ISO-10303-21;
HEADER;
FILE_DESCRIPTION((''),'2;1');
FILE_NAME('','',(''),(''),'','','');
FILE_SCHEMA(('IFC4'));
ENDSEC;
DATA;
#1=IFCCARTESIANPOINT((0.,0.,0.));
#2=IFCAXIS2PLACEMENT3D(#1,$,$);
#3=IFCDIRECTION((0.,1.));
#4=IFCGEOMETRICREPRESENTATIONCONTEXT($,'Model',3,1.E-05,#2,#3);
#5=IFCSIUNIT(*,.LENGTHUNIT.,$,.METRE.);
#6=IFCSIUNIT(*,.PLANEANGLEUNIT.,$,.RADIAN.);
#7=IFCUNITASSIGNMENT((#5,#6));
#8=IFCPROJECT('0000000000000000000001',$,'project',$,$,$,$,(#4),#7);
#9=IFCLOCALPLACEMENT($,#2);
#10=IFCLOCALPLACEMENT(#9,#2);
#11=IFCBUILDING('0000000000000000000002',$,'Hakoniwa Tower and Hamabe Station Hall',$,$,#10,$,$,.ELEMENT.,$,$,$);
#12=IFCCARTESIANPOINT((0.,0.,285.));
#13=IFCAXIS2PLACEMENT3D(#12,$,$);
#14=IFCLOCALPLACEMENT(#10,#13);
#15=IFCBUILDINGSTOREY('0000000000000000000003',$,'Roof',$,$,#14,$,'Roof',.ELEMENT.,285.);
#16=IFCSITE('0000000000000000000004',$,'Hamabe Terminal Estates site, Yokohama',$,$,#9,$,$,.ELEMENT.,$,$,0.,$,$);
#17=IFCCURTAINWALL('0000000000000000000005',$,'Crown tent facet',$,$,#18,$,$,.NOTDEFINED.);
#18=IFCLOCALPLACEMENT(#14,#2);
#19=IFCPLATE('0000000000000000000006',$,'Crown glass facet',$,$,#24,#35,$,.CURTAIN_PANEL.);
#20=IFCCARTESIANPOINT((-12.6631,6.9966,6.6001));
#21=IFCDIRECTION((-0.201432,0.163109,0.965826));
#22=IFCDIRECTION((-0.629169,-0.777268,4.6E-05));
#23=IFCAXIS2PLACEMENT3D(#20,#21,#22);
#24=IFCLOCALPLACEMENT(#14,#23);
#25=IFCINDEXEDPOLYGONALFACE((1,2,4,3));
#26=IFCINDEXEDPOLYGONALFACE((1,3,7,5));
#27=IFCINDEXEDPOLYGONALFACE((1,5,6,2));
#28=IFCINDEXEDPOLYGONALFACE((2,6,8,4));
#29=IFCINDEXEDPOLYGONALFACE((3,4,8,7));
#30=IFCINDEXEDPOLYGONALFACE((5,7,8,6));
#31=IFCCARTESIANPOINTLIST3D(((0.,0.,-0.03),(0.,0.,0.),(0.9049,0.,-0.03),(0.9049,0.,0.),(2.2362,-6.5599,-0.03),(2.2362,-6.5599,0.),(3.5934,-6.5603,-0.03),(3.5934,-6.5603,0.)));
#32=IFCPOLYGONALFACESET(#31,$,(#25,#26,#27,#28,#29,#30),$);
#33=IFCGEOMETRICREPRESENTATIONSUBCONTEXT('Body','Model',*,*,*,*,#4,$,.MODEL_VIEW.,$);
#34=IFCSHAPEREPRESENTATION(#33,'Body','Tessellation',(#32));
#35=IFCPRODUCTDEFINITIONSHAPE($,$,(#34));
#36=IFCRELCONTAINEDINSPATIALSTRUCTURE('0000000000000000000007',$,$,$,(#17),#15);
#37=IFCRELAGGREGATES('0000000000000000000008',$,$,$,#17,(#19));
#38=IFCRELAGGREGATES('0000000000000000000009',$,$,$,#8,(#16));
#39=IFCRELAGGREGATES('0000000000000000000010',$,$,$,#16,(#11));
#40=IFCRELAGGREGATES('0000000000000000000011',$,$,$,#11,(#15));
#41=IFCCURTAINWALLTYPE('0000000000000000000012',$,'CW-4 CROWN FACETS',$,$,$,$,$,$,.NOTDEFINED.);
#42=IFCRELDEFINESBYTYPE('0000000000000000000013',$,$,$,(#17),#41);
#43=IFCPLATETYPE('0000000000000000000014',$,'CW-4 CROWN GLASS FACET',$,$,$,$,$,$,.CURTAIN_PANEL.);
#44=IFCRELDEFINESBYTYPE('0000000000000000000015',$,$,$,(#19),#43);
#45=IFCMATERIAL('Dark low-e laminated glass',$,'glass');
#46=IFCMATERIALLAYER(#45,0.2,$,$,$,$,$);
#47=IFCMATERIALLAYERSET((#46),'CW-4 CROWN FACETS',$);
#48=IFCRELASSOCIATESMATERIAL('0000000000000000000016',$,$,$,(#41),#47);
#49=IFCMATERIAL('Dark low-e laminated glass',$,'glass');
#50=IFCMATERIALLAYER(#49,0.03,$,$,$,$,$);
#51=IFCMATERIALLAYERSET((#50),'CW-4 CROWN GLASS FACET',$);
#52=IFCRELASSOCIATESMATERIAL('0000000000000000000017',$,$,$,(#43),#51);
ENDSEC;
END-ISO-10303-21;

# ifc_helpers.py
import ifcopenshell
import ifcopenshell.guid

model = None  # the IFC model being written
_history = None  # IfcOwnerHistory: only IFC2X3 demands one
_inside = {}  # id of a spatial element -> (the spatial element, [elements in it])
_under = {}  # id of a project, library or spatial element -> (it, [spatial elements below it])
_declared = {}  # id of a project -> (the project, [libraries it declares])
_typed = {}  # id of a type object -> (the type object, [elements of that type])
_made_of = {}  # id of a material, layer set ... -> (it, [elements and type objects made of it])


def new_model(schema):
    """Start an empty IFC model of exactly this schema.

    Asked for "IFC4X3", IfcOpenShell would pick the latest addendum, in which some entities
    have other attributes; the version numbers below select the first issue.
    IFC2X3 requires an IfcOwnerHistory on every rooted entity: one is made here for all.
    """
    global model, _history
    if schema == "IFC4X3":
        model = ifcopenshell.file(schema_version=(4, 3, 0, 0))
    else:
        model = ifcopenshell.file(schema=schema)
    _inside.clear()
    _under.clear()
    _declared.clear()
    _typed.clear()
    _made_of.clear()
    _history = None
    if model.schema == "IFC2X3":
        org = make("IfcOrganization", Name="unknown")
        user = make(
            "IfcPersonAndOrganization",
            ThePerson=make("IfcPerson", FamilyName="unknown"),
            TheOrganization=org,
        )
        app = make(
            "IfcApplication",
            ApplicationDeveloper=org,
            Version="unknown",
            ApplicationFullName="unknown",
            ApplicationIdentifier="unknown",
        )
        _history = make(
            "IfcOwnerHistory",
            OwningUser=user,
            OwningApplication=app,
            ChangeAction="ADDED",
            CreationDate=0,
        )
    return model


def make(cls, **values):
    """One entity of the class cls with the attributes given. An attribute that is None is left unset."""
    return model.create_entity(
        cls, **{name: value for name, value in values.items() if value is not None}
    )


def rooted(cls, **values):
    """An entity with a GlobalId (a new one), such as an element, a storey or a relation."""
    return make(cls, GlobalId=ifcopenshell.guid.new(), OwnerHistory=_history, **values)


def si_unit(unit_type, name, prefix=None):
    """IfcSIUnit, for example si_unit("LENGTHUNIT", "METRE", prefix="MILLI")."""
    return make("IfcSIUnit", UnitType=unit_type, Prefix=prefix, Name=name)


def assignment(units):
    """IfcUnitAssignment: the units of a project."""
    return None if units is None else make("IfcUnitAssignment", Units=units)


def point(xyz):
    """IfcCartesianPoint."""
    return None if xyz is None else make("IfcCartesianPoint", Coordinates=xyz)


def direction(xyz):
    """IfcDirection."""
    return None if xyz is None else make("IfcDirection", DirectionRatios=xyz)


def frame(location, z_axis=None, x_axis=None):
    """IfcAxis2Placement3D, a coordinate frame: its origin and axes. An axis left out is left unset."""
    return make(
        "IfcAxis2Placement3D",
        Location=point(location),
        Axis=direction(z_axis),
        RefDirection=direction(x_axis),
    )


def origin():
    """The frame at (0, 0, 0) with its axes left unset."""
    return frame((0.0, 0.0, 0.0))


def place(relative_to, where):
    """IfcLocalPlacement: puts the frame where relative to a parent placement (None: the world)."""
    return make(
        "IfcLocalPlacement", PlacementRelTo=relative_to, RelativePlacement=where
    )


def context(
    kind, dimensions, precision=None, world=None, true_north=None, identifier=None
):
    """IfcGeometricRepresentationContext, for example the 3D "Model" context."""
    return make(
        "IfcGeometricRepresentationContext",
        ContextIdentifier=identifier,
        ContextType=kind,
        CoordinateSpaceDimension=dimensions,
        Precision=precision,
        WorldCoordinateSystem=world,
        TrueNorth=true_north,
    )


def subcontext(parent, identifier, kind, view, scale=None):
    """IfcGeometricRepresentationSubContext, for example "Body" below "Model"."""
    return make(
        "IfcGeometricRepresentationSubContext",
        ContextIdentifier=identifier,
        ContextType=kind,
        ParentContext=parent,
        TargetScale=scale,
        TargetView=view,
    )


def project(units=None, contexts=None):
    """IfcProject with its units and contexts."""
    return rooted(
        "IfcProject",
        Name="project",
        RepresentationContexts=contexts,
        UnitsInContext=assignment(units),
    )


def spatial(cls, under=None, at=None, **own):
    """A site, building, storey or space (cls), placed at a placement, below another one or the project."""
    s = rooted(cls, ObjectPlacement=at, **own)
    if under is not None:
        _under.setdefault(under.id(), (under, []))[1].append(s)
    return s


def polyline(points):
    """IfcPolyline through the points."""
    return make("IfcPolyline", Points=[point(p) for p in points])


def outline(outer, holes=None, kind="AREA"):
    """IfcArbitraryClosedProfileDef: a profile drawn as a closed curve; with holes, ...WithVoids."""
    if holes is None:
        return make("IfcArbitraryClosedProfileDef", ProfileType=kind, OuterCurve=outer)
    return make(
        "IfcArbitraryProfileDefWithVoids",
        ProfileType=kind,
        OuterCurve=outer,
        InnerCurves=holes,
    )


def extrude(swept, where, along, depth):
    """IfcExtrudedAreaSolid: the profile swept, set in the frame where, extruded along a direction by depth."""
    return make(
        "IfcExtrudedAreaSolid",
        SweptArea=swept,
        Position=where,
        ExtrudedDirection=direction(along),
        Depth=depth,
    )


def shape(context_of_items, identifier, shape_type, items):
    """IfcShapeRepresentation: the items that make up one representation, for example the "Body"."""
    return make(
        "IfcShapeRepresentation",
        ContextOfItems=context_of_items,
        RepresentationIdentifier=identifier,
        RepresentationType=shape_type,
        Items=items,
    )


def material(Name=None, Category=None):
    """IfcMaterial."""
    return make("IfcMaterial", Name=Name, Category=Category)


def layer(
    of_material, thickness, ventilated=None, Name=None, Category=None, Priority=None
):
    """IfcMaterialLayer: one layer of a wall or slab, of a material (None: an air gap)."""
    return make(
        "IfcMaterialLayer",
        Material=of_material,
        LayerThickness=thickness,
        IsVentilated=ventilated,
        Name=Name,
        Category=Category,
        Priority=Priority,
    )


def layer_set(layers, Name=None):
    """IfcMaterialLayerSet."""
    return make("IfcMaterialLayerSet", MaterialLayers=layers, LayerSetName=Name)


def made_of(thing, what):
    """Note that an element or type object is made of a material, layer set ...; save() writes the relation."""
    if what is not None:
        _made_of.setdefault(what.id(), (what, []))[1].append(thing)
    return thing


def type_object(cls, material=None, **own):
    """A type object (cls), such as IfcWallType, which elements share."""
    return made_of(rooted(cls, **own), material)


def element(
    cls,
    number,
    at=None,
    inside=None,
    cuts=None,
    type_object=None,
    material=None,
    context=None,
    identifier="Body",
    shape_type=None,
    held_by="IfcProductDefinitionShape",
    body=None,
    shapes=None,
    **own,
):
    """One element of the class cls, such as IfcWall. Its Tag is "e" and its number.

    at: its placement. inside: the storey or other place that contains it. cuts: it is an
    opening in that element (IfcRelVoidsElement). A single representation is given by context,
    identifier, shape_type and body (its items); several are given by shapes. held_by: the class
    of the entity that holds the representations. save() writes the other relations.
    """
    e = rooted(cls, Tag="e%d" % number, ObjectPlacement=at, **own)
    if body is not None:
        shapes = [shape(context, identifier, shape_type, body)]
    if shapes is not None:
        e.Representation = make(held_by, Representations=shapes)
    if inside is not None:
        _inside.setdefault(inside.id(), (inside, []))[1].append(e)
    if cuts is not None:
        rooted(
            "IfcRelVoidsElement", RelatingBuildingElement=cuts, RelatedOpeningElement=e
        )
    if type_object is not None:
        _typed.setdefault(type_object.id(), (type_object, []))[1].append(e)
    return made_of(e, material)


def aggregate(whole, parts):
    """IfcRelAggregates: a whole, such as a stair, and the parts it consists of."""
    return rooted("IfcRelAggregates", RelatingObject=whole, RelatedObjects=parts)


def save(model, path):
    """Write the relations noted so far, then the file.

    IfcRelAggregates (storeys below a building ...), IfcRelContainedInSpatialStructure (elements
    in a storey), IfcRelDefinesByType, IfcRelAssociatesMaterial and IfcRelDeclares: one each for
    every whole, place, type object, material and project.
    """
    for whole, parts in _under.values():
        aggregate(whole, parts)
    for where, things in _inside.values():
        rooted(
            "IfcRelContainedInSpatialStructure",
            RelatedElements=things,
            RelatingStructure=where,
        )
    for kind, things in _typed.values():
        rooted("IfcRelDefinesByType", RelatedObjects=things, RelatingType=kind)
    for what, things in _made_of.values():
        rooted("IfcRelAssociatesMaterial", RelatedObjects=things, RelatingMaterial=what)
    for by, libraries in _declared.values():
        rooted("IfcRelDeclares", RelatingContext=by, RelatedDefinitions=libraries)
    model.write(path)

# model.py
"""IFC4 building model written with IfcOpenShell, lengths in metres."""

from ifc_helpers import new_model, si_unit, direction, frame, origin, place, context, subcontext, project, spatial, polyline, outline, extrude, material, layer, layer_set, type_object, element, aggregate, save


model = new_model("IFC4")

# Units and contexts
model_context = context("Model", 3, precision=1e-05, world=origin(), true_north=direction((0.0, 1.0)))
body_context = subcontext(model_context, "Body", "Model", "MODEL_VIEW")
ifc_project = project(units=[si_unit("LENGTHUNIT", "METRE"), si_unit("PLANEANGLEUNIT", "RADIAN")], contexts=[model_context])

# Site, building, storey
site_placement = place(None, origin())
site = spatial("IfcSite", under=ifc_project, at=site_placement, Name="Hamabe Terminal Estates site, Yokohama", CompositionType="ELEMENT", RefElevation=0.0)
building_placement = place(site_placement, origin())
building = spatial("IfcBuilding", under=site, at=building_placement, Name="Hakoniwa Tower and Hamabe Station Hall", CompositionType="ELEMENT")
storey_placement = place(building_placement, frame((0.0, 0.0, 285.0)))
storey = spatial("IfcBuildingStorey", under=building, at=storey_placement, Name="Roof", LongName="Roof", CompositionType="ELEMENT", Elevation=285.0)

# Shared definitions
ifc_material_1 = material(Name="Dark low-e laminated glass", Category="glass")
ifc_layer_1 = layer(ifc_material_1, 0.2)
ifc_layer_set_1 = layer_set([ifc_layer_1], Name="CW-4 CROWN FACETS")
curtain_wall_type = type_object("IfcCurtainWallType", Name="CW-4 CROWN FACETS", PredefinedType="NOTDEFINED", material=ifc_layer_set_1)

# Shared definitions
ifc_material_2 = material(Name="Dark low-e laminated glass", Category="glass")
ifc_layer_2 = layer(ifc_material_2, 0.03)
ifc_layer_set_2 = layer_set([ifc_layer_2], Name="CW-4 CROWN GLASS FACET")
plate_type = type_object("IfcPlateType", Name="CW-4 CROWN GLASS FACET", PredefinedType="CURTAIN_PANEL", material=ifc_layer_set_2)

# Curtain wall, plate
curtain_wall_1_placement = place(storey_placement, origin())
curtain_wall_1 = element("IfcCurtainWall", 1, at=curtain_wall_1_placement, inside=storey, type_object=curtain_wall_type, Name="Crown tent facet", PredefinedType="NOTDEFINED")
plate_1_placement = place(storey_placement, frame((-12.6631, 6.9966, 6.6001), z_axis=(-0.201432, 0.163109, 0.965826), x_axis=(-0.629169, -0.777268, 0.000046)))
plate_1 = element("IfcPlate", 2, at=plate_1_placement, type_object=plate_type, Name="Crown glass facet", PredefinedType="CURTAIN_PANEL", context=body_context, shape_type="SweptSolid", body=[
    extrude(outline(polyline([(0.0, 0.0), (0.9049, 0.0), (3.5934, -6.5603), (2.2362, -6.5599), (0.0, 0.0)])), origin(), (0.0, 0.0, -1.0), 0.03),
])
aggregate(curtain_wall_1, [plate_1])

save(model, "model.ifc")
